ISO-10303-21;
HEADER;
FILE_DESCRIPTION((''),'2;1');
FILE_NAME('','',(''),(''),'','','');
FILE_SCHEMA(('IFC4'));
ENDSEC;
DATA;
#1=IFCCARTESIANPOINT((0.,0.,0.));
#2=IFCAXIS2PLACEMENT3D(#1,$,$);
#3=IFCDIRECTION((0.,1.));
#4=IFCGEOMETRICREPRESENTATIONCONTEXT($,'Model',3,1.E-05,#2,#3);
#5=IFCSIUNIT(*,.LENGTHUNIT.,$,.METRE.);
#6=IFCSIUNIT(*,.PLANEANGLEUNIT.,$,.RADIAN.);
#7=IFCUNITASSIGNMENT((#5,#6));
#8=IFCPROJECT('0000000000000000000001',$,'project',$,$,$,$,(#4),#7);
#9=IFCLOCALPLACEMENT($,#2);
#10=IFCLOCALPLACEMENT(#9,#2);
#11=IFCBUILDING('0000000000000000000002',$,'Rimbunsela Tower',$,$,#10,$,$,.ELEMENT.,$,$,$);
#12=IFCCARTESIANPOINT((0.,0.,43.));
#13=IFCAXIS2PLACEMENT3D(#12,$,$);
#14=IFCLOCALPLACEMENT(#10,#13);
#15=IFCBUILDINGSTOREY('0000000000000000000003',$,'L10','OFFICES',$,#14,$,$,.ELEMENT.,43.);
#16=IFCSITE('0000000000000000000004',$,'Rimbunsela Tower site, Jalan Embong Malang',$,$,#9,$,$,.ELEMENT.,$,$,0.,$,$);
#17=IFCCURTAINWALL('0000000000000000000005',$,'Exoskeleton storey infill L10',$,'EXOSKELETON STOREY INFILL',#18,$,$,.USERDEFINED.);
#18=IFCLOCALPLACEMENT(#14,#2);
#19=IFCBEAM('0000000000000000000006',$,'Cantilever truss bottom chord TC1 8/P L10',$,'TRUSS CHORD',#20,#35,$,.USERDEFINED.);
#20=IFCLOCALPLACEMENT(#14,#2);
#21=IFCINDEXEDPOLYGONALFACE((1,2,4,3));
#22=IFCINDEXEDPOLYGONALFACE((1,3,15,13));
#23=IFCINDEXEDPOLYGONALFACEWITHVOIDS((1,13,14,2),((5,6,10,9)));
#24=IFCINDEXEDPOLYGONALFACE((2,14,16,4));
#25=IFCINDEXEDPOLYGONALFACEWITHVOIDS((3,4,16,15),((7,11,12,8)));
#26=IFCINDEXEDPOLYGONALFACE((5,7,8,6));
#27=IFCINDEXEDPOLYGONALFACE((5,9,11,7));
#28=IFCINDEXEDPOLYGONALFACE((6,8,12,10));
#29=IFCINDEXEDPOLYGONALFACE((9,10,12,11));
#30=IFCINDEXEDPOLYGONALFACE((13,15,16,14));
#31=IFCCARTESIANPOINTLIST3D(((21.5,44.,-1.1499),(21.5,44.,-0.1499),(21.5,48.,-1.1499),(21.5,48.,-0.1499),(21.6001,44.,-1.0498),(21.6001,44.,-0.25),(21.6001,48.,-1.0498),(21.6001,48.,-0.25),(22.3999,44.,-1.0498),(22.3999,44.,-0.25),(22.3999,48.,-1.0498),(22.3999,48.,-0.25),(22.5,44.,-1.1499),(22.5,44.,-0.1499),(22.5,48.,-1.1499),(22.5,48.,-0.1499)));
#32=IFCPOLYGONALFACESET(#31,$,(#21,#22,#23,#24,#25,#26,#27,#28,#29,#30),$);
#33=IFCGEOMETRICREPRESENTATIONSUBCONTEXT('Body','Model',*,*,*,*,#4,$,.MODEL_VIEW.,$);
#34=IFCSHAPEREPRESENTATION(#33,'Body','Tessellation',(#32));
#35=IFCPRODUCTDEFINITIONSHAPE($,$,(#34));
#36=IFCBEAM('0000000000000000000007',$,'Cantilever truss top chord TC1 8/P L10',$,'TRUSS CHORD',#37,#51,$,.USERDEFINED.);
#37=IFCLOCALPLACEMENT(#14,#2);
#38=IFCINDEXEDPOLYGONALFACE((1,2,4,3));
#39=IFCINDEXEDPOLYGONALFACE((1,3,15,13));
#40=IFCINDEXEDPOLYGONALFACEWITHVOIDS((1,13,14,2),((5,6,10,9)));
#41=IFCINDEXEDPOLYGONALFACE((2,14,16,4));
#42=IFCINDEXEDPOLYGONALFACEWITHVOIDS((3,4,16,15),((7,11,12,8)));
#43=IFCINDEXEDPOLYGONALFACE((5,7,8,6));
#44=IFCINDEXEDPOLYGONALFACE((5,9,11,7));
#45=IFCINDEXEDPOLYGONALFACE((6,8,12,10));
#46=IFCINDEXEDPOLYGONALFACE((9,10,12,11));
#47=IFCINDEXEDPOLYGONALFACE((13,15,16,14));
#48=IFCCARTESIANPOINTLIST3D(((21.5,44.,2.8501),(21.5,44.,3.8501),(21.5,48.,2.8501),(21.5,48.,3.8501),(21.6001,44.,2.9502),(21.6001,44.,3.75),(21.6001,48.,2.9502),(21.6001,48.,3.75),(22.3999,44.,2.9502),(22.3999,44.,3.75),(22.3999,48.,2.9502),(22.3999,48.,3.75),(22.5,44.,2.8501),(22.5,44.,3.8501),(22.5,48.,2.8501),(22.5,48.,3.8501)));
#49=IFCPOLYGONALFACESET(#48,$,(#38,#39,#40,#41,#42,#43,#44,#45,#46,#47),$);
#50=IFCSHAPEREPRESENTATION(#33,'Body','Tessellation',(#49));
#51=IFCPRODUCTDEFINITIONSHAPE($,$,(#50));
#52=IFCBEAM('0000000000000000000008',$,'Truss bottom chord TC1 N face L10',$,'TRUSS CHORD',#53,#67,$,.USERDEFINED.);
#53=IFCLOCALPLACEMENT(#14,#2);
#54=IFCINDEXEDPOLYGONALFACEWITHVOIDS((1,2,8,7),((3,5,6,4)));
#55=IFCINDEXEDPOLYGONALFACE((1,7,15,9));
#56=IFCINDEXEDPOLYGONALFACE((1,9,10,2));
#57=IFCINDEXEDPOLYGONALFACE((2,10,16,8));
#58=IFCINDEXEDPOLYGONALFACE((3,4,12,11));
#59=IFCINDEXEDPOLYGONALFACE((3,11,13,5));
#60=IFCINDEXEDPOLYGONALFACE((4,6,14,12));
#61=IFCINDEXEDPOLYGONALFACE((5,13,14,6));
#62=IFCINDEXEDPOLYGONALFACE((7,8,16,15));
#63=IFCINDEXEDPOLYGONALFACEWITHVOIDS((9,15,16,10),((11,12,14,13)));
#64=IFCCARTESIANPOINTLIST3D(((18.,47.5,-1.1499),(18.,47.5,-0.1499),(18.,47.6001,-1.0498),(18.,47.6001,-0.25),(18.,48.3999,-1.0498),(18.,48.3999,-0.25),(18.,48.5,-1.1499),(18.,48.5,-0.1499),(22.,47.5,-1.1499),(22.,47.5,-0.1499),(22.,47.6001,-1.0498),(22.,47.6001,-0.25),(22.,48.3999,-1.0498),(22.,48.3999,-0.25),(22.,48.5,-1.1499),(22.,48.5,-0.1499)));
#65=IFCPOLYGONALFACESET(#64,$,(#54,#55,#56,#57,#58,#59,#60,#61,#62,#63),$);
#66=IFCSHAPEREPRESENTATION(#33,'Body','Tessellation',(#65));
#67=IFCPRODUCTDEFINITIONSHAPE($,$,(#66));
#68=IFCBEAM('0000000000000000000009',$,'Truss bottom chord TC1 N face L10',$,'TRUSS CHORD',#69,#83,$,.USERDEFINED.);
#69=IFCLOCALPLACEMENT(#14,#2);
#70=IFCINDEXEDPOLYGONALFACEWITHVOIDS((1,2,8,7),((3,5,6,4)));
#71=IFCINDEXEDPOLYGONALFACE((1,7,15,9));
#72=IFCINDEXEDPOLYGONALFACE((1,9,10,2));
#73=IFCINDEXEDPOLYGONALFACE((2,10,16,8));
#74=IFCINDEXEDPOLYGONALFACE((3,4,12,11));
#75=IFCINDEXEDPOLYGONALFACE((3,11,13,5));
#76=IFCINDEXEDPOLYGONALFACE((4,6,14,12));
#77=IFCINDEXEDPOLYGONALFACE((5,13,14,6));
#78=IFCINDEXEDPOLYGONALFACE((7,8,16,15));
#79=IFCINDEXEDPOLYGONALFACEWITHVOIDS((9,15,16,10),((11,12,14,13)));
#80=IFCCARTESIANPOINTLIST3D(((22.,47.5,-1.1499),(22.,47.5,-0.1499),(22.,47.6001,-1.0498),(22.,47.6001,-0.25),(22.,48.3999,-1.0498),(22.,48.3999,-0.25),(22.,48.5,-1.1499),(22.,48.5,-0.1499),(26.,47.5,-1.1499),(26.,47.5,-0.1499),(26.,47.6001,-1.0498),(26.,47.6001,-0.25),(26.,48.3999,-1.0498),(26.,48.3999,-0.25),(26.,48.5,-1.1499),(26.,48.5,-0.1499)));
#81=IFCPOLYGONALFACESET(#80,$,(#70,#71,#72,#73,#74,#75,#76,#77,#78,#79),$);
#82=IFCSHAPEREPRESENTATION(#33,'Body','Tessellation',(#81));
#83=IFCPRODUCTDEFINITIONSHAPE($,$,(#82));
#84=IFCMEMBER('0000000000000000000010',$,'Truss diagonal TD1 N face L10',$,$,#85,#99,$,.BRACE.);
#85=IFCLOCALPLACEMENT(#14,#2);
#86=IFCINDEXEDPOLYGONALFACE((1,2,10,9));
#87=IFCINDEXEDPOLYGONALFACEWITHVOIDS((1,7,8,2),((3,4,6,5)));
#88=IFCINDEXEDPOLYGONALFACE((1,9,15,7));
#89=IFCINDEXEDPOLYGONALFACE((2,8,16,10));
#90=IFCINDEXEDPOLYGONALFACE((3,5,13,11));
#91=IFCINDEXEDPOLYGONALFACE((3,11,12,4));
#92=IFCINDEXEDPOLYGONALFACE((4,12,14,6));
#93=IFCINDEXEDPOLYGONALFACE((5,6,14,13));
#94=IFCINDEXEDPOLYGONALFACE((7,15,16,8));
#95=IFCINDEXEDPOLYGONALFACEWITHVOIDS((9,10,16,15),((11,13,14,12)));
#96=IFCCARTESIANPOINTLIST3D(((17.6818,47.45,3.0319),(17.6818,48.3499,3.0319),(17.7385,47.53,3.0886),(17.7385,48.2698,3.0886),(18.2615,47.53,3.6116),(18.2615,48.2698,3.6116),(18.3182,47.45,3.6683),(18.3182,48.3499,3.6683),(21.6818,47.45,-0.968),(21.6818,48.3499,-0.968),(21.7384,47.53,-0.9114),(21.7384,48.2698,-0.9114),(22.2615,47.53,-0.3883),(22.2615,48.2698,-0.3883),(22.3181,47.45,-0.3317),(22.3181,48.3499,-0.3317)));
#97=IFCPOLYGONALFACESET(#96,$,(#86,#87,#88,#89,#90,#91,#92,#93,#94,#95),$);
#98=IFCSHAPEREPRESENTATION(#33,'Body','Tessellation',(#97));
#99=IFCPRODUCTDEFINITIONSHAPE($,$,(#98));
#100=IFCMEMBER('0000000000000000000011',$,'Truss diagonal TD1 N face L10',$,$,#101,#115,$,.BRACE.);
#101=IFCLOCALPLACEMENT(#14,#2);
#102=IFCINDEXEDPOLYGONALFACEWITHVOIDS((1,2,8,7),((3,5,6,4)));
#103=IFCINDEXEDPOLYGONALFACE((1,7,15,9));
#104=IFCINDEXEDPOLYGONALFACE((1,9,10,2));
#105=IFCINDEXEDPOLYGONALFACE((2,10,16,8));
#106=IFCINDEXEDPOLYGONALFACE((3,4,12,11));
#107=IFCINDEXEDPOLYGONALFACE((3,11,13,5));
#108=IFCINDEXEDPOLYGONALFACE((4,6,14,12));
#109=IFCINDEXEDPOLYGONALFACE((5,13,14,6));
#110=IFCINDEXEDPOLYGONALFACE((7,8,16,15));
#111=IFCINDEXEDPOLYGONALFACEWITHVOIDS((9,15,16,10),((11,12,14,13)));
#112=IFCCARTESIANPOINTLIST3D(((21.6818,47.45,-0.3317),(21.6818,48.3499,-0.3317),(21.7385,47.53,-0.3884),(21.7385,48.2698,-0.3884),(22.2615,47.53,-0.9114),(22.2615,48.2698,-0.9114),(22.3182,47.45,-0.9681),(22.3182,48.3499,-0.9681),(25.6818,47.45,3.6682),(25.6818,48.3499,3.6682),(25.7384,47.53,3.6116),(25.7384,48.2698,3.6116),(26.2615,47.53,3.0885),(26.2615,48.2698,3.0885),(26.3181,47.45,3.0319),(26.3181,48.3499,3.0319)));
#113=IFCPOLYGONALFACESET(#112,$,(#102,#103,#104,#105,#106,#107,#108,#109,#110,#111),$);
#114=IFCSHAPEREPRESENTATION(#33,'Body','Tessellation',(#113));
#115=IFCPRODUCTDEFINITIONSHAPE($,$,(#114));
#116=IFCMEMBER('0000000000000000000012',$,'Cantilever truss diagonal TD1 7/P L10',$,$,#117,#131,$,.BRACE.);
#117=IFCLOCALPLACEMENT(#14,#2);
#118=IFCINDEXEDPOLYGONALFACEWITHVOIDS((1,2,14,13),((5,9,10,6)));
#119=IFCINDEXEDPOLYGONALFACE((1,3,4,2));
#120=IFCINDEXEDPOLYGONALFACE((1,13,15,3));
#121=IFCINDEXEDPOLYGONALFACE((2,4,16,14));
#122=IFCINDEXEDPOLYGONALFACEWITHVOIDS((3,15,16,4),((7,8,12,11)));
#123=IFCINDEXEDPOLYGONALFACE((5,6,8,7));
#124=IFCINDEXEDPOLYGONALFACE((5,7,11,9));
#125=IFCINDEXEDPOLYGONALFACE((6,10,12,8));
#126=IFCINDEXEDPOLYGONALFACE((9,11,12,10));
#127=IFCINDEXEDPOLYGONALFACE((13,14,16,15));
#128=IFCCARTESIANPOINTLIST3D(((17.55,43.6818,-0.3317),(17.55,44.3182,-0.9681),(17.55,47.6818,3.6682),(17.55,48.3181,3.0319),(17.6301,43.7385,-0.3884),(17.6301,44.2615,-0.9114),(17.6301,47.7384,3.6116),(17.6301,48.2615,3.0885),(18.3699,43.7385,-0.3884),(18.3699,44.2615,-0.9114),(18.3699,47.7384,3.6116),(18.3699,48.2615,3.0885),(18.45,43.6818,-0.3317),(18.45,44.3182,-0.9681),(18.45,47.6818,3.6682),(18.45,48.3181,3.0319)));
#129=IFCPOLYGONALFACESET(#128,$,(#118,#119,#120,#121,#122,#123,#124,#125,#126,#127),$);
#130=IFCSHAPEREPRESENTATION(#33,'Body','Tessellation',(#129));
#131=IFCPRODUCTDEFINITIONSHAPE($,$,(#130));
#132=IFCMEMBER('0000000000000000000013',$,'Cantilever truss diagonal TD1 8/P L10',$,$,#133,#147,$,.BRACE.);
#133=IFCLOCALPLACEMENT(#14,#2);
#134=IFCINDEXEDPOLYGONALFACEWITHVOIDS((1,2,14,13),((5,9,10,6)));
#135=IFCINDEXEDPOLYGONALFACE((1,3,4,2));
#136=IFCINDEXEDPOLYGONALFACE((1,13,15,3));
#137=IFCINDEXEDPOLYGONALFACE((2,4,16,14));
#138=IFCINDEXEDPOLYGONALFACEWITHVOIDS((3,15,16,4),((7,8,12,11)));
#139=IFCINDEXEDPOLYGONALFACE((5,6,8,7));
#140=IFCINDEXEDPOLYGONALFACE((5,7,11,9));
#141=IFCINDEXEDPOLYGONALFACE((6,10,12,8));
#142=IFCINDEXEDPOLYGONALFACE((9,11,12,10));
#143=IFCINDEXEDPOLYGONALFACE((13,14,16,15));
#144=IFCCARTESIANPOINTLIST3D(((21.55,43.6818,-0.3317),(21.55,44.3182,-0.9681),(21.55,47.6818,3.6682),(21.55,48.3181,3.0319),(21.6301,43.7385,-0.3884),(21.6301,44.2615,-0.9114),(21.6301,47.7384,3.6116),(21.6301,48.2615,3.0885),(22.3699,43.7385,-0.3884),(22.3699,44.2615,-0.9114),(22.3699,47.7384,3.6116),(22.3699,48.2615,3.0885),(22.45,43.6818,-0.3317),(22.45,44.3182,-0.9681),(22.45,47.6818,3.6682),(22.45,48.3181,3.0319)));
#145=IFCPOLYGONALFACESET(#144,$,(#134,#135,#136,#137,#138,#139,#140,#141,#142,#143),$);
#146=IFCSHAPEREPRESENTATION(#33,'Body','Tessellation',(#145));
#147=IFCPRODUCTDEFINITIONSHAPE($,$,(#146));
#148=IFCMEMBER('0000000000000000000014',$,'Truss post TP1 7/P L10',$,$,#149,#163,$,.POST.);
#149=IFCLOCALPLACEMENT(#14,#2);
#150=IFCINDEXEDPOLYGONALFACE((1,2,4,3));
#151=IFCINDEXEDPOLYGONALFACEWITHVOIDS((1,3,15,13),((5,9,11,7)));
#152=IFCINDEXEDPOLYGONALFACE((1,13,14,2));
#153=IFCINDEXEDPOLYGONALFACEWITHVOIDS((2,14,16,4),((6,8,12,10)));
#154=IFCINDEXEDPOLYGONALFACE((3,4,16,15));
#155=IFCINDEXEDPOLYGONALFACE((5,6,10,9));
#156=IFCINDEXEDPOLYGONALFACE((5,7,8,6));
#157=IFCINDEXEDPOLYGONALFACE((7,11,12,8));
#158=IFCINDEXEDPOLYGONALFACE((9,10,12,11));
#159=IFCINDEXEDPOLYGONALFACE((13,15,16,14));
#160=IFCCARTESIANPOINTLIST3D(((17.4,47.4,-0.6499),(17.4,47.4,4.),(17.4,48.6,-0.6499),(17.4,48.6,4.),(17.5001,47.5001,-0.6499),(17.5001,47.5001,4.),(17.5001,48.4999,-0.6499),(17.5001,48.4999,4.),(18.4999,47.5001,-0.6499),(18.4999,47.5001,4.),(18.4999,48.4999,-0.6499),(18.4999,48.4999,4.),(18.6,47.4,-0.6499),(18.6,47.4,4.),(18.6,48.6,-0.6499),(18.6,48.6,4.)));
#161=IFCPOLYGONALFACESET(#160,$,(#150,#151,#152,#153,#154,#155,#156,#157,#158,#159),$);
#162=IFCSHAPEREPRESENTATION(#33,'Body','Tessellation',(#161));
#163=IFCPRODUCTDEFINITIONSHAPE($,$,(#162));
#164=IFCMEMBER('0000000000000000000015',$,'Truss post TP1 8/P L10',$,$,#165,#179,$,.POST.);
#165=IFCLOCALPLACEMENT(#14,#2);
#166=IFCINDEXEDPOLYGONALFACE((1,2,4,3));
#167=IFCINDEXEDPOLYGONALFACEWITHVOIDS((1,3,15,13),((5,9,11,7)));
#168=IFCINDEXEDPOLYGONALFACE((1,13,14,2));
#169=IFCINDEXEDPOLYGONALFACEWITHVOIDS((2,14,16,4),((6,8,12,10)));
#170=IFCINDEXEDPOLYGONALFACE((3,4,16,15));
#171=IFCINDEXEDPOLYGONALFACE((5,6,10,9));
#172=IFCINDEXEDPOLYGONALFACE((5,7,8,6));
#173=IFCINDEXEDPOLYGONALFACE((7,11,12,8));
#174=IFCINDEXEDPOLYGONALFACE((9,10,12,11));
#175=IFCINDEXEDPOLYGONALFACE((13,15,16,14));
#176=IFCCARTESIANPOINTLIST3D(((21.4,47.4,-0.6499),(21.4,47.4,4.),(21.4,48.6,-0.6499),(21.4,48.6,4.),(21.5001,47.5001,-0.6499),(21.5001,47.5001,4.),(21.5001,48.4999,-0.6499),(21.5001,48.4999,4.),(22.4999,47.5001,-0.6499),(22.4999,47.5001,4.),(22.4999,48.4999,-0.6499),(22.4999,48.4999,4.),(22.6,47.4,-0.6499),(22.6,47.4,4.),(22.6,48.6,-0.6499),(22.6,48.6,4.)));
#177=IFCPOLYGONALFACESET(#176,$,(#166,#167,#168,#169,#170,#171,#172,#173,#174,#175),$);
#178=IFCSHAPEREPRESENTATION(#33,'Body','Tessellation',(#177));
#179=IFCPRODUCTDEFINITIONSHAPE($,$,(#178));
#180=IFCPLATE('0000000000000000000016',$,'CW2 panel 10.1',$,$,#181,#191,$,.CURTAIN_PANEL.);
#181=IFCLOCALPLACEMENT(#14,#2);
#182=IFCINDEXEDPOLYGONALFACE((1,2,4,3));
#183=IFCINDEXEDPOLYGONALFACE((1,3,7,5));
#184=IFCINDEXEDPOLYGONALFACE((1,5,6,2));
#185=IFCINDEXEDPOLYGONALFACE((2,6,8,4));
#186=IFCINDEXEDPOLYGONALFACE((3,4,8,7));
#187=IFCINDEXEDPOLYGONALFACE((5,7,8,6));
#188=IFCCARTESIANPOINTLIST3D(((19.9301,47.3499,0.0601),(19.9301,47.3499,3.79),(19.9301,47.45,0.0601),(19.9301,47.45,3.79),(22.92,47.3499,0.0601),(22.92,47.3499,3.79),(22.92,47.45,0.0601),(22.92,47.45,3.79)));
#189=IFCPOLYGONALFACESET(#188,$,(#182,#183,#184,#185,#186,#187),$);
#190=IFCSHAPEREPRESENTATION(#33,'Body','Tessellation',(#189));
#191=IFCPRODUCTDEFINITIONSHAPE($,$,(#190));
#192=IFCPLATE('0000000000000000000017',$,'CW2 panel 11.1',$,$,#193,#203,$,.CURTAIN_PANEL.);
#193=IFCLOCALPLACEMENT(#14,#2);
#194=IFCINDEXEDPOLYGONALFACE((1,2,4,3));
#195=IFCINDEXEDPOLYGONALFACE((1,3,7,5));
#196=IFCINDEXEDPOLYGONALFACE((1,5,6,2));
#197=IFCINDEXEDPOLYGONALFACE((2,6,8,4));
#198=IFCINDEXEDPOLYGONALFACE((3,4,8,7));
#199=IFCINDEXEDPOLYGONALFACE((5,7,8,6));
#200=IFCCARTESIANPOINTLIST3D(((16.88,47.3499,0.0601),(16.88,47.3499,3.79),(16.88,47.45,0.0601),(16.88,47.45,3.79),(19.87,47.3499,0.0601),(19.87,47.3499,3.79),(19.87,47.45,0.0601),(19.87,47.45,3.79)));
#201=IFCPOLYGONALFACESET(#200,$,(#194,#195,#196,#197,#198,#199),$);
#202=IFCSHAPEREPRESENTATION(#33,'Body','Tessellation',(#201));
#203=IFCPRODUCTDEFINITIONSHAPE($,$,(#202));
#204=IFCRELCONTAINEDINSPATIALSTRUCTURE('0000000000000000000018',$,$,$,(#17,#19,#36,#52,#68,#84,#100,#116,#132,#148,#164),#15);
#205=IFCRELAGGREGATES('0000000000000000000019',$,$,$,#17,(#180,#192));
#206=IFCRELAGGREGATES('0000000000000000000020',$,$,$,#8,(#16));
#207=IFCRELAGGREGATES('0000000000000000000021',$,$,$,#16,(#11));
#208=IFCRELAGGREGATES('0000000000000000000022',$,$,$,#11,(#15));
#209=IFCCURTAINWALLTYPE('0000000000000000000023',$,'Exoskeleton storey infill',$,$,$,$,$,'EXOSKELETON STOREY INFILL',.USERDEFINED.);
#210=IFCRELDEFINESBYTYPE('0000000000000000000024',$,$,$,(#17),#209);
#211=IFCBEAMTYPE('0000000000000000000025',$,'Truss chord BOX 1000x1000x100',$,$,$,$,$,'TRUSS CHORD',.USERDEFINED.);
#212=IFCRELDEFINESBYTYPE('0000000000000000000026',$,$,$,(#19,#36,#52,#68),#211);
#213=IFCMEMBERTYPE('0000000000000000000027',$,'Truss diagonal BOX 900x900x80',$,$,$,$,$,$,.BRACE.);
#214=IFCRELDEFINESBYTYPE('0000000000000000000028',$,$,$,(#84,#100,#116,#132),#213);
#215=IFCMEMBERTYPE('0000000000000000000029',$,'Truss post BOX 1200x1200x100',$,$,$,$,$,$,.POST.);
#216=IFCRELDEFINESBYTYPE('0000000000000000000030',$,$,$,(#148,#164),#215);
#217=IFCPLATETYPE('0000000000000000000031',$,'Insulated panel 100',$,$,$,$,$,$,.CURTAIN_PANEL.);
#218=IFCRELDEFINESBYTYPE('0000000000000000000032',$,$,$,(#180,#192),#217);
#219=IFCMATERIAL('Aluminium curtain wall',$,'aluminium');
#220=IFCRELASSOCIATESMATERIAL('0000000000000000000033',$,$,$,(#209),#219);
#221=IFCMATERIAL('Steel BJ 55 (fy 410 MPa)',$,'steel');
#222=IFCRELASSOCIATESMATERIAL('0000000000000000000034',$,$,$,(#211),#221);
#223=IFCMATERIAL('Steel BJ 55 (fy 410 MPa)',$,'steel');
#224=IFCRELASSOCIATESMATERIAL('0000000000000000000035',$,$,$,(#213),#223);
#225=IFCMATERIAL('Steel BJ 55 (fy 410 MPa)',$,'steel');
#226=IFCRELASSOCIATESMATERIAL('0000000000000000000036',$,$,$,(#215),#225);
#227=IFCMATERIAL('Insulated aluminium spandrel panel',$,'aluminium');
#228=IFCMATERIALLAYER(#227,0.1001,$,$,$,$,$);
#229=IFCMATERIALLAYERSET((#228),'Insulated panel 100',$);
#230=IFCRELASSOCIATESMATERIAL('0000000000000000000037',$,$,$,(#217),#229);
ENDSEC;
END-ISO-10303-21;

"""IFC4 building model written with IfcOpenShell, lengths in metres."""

from ifc_helpers import new_model, si_unit, direction, frame, origin, origin_2d, place, context, subcontext, project, spatial, rectangle, hollow_rectangle, extrude, material, layer, layer_set, material_profile, profile_set, type_object, element, aggregate, save


model = new_model("IFC4")

# Units and contexts
model_context = context("Model", 3, precision=1e-05, world=origin(), true_north=direction((0.0, 1.0)))
body_context = subcontext(model_context, "Body", "Model", "MODEL_VIEW")
ifc_project = project(units=[si_unit("LENGTHUNIT", "METRE"), si_unit("PLANEANGLEUNIT", "RADIAN")], contexts=[model_context])

# Site, building, storey
site_placement = place(None, origin())
site = spatial("IfcSite", under=ifc_project, at=site_placement, Name="Rimbunsela Tower site, Jalan Embong Malang", CompositionType="ELEMENT", RefElevation=0.0)
building_placement = place(site_placement, origin())
building = spatial("IfcBuilding", under=site, at=building_placement, Name="Rimbunsela Tower", CompositionType="ELEMENT")
storey_placement = place(building_placement, frame((0.0, 0.0, 43.0)))
storey = spatial("IfcBuildingStorey", under=building, at=storey_placement, Name="L10", Description="OFFICES", CompositionType="ELEMENT", Elevation=43.0)

# Curtain wall
ifc_material_1 = material(Name="Aluminium curtain wall", Category="aluminium")
curtain_wall_type = type_object("IfcCurtainWallType", Name="Exoskeleton storey infill", ElementType="EXOSKELETON STOREY INFILL", PredefinedType="USERDEFINED", material=ifc_material_1)
curtain_wall_placement = place(storey_placement, origin())
curtain_wall = element("IfcCurtainWall", 1, at=curtain_wall_placement, inside=storey, type_object=curtain_wall_type, Name="Exoskeleton storey infill L10", ObjectType="EXOSKELETON STOREY INFILL", PredefinedType="USERDEFINED")

# Beams
ifc_material_2 = material(Name="Steel BJ 55 (fy 410 MPa)", Category="steel")
ifc_material_profile_1 = material_profile(ifc_material_2, hollow_rectangle(XDim=1.0, YDim=1.0, WallThickness=0.1001, at=origin_2d()), Name="BOX 1000x1000x100")
ifc_profile_set_1 = profile_set([ifc_material_profile_1], Name="Steel BJ 55 (fy 410 MPa)")
beam_type_1 = type_object("IfcBeamType", Name="Truss chord BOX 1000x1000x100", ElementType="TRUSS CHORD", PredefinedType="USERDEFINED", material=ifc_profile_set_1)
for number, where, z_axis, x_axis, name in (
    (2, (22.0, 44.0, -0.6499), (0.0, 1.0, 0.0), (-1.0, 0.0, 0.0), "Cantilever truss bottom chord TC1 8/P L10"),
    (3, (22.0, 44.0, 3.3501), (0.0, 1.0, 0.0), (-1.0, 0.0, 0.0), "Cantilever truss top chord TC1 8/P L10"),
    (4, (18.0, 48.0, -0.6499), (1.0, 0.0, 0.0), (0.0, 1.0, 0.0), "Truss bottom chord TC1 N face L10"),
    (5, (22.0, 48.0, -0.6499), (1.0, 0.0, 0.0), (0.0, 1.0, 0.0), "Truss bottom chord TC1 N face L10"),
):
    element("IfcBeam", number, at=place(storey_placement, frame(where, z_axis=z_axis, x_axis=x_axis)), inside=storey, type_object=beam_type_1, Name=name, ObjectType="TRUSS CHORD", PredefinedType="USERDEFINED", context=body_context, shape_type="SweptSolid", body=[
        extrude(hollow_rectangle(XDim=1.0, YDim=1.0, WallThickness=0.1001, at=origin_2d()), origin(), (0.0, 0.0, 1.0), 4.0),
    ])

# Members
ifc_material_3 = material(Name="Steel BJ 55 (fy 410 MPa)", Category="steel")
ifc_material_profile_2 = material_profile(ifc_material_3, hollow_rectangle(XDim=0.8999, YDim=0.8999, WallThickness=0.0801, at=origin_2d()), Name="BOX 900x900x80")
ifc_profile_set_2 = profile_set([ifc_material_profile_2], Name="Steel BJ 55 (fy 410 MPa)")
member_type_1 = type_object("IfcMemberType", Name="Truss diagonal BOX 900x900x80", PredefinedType="BRACE", material=ifc_profile_set_2)
for number, where, z_axis, x_axis, name in (
    (6, (18.0, 47.8999, 3.3501), (0.707107, 0.0, -0.707107), (0.0, 1.0, 0.0), "Truss diagonal TD1 N face L10"),
    (7, (22.0, 47.8999, -0.6499), (0.707107, 0.0, 0.707107), (0.0, 1.0, 0.0), "Truss diagonal TD1 N face L10"),
    (8, (18.0, 44.0, -0.6499), (0.0, 0.707107, 0.707107), (-1.0, 0.0, 0.0), "Cantilever truss diagonal TD1 7/P L10"),
    (9, (22.0, 44.0, -0.6499), (0.0, 0.707107, 0.707107), (-1.0, 0.0, 0.0), "Cantilever truss diagonal TD1 8/P L10"),
):
    element("IfcMember", number, at=place(storey_placement, frame(where, z_axis=z_axis, x_axis=x_axis)), inside=storey, type_object=member_type_1, Name=name, PredefinedType="BRACE", context=body_context, shape_type="SweptSolid", body=[
        extrude(hollow_rectangle(XDim=0.8999, YDim=0.8999, WallThickness=0.0801, at=origin_2d()), origin(), (0.0, 0.0, 1.0), 5.6567),
    ])
ifc_material_4 = material(Name="Steel BJ 55 (fy 410 MPa)", Category="steel")
ifc_material_profile_3 = material_profile(ifc_material_4, hollow_rectangle(XDim=1.2, YDim=1.2, WallThickness=0.1001, at=origin_2d()), Name="BOX 1200x1200x100")
ifc_profile_set_3 = profile_set([ifc_material_profile_3], Name="Steel BJ 55 (fy 410 MPa)")
member_type_2 = type_object("IfcMemberType", Name="Truss post BOX 1200x1200x100", PredefinedType="POST", material=ifc_profile_set_3)
for number, where, z_axis, x_axis, name in (
    (10, (18.0, 48.0, -0.6499), (0.0, 0.0, 1.0), (1.0, 0.0, 0.0), "Truss post TP1 7/P L10"),
    (11, (22.0, 48.0, -0.6499), (0.0, 0.0, 1.0), (1.0, 0.0, 0.0), "Truss post TP1 8/P L10"),
):
    element("IfcMember", number, at=place(storey_placement, frame(where, z_axis=z_axis, x_axis=x_axis)), inside=storey, type_object=member_type_2, Name=name, PredefinedType="POST", context=body_context, shape_type="SweptSolid", body=[
        extrude(hollow_rectangle(XDim=1.2, YDim=1.2, WallThickness=0.1001, at=origin_2d()), origin(), (0.0, 0.0, 1.0), 4.6499),
    ])

# Plates
ifc_material_5 = material(Name="Insulated aluminium spandrel panel", Category="aluminium")
ifc_layer = layer(ifc_material_5, 0.1001)
ifc_layer_set = layer_set([ifc_layer], Name="Insulated panel 100")
plate_type = type_object("IfcPlateType", Name="Insulated panel 100", PredefinedType="CURTAIN_PANEL", material=ifc_layer_set)
plate_1_placement = place(storey_placement, frame((21.425, 47.3999, 0.0601), z_axis=(0.0, 0.0, 1.0), x_axis=(-1.0, 0.0, 0.0)))
plate_1 = element("IfcPlate", 12, at=plate_1_placement, type_object=plate_type, Name="CW2 panel 10.1", PredefinedType="CURTAIN_PANEL", context=body_context, shape_type="SweptSolid", body=[
    extrude(rectangle(XDim=2.99, YDim=0.1001, at=origin_2d()), origin(), (0.0, 0.0, 1.0), 3.73),
])
plate_2_placement = place(storey_placement, frame((18.375, 47.3999, 0.0601), z_axis=(0.0, 0.0, 1.0), x_axis=(-1.0, 0.0, 0.0)))
plate_2 = element("IfcPlate", 13, at=plate_2_placement, type_object=plate_type, Name="CW2 panel 11.1", PredefinedType="CURTAIN_PANEL", context=body_context, shape_type="SweptSolid", body=[
    extrude(rectangle(XDim=2.99, YDim=0.1001, at=origin_2d()), origin(), (0.0, 0.0, 1.0), 3.73),
])
aggregate(curtain_wall, [plate_1, plate_2])

save(model, "model.ifc")
